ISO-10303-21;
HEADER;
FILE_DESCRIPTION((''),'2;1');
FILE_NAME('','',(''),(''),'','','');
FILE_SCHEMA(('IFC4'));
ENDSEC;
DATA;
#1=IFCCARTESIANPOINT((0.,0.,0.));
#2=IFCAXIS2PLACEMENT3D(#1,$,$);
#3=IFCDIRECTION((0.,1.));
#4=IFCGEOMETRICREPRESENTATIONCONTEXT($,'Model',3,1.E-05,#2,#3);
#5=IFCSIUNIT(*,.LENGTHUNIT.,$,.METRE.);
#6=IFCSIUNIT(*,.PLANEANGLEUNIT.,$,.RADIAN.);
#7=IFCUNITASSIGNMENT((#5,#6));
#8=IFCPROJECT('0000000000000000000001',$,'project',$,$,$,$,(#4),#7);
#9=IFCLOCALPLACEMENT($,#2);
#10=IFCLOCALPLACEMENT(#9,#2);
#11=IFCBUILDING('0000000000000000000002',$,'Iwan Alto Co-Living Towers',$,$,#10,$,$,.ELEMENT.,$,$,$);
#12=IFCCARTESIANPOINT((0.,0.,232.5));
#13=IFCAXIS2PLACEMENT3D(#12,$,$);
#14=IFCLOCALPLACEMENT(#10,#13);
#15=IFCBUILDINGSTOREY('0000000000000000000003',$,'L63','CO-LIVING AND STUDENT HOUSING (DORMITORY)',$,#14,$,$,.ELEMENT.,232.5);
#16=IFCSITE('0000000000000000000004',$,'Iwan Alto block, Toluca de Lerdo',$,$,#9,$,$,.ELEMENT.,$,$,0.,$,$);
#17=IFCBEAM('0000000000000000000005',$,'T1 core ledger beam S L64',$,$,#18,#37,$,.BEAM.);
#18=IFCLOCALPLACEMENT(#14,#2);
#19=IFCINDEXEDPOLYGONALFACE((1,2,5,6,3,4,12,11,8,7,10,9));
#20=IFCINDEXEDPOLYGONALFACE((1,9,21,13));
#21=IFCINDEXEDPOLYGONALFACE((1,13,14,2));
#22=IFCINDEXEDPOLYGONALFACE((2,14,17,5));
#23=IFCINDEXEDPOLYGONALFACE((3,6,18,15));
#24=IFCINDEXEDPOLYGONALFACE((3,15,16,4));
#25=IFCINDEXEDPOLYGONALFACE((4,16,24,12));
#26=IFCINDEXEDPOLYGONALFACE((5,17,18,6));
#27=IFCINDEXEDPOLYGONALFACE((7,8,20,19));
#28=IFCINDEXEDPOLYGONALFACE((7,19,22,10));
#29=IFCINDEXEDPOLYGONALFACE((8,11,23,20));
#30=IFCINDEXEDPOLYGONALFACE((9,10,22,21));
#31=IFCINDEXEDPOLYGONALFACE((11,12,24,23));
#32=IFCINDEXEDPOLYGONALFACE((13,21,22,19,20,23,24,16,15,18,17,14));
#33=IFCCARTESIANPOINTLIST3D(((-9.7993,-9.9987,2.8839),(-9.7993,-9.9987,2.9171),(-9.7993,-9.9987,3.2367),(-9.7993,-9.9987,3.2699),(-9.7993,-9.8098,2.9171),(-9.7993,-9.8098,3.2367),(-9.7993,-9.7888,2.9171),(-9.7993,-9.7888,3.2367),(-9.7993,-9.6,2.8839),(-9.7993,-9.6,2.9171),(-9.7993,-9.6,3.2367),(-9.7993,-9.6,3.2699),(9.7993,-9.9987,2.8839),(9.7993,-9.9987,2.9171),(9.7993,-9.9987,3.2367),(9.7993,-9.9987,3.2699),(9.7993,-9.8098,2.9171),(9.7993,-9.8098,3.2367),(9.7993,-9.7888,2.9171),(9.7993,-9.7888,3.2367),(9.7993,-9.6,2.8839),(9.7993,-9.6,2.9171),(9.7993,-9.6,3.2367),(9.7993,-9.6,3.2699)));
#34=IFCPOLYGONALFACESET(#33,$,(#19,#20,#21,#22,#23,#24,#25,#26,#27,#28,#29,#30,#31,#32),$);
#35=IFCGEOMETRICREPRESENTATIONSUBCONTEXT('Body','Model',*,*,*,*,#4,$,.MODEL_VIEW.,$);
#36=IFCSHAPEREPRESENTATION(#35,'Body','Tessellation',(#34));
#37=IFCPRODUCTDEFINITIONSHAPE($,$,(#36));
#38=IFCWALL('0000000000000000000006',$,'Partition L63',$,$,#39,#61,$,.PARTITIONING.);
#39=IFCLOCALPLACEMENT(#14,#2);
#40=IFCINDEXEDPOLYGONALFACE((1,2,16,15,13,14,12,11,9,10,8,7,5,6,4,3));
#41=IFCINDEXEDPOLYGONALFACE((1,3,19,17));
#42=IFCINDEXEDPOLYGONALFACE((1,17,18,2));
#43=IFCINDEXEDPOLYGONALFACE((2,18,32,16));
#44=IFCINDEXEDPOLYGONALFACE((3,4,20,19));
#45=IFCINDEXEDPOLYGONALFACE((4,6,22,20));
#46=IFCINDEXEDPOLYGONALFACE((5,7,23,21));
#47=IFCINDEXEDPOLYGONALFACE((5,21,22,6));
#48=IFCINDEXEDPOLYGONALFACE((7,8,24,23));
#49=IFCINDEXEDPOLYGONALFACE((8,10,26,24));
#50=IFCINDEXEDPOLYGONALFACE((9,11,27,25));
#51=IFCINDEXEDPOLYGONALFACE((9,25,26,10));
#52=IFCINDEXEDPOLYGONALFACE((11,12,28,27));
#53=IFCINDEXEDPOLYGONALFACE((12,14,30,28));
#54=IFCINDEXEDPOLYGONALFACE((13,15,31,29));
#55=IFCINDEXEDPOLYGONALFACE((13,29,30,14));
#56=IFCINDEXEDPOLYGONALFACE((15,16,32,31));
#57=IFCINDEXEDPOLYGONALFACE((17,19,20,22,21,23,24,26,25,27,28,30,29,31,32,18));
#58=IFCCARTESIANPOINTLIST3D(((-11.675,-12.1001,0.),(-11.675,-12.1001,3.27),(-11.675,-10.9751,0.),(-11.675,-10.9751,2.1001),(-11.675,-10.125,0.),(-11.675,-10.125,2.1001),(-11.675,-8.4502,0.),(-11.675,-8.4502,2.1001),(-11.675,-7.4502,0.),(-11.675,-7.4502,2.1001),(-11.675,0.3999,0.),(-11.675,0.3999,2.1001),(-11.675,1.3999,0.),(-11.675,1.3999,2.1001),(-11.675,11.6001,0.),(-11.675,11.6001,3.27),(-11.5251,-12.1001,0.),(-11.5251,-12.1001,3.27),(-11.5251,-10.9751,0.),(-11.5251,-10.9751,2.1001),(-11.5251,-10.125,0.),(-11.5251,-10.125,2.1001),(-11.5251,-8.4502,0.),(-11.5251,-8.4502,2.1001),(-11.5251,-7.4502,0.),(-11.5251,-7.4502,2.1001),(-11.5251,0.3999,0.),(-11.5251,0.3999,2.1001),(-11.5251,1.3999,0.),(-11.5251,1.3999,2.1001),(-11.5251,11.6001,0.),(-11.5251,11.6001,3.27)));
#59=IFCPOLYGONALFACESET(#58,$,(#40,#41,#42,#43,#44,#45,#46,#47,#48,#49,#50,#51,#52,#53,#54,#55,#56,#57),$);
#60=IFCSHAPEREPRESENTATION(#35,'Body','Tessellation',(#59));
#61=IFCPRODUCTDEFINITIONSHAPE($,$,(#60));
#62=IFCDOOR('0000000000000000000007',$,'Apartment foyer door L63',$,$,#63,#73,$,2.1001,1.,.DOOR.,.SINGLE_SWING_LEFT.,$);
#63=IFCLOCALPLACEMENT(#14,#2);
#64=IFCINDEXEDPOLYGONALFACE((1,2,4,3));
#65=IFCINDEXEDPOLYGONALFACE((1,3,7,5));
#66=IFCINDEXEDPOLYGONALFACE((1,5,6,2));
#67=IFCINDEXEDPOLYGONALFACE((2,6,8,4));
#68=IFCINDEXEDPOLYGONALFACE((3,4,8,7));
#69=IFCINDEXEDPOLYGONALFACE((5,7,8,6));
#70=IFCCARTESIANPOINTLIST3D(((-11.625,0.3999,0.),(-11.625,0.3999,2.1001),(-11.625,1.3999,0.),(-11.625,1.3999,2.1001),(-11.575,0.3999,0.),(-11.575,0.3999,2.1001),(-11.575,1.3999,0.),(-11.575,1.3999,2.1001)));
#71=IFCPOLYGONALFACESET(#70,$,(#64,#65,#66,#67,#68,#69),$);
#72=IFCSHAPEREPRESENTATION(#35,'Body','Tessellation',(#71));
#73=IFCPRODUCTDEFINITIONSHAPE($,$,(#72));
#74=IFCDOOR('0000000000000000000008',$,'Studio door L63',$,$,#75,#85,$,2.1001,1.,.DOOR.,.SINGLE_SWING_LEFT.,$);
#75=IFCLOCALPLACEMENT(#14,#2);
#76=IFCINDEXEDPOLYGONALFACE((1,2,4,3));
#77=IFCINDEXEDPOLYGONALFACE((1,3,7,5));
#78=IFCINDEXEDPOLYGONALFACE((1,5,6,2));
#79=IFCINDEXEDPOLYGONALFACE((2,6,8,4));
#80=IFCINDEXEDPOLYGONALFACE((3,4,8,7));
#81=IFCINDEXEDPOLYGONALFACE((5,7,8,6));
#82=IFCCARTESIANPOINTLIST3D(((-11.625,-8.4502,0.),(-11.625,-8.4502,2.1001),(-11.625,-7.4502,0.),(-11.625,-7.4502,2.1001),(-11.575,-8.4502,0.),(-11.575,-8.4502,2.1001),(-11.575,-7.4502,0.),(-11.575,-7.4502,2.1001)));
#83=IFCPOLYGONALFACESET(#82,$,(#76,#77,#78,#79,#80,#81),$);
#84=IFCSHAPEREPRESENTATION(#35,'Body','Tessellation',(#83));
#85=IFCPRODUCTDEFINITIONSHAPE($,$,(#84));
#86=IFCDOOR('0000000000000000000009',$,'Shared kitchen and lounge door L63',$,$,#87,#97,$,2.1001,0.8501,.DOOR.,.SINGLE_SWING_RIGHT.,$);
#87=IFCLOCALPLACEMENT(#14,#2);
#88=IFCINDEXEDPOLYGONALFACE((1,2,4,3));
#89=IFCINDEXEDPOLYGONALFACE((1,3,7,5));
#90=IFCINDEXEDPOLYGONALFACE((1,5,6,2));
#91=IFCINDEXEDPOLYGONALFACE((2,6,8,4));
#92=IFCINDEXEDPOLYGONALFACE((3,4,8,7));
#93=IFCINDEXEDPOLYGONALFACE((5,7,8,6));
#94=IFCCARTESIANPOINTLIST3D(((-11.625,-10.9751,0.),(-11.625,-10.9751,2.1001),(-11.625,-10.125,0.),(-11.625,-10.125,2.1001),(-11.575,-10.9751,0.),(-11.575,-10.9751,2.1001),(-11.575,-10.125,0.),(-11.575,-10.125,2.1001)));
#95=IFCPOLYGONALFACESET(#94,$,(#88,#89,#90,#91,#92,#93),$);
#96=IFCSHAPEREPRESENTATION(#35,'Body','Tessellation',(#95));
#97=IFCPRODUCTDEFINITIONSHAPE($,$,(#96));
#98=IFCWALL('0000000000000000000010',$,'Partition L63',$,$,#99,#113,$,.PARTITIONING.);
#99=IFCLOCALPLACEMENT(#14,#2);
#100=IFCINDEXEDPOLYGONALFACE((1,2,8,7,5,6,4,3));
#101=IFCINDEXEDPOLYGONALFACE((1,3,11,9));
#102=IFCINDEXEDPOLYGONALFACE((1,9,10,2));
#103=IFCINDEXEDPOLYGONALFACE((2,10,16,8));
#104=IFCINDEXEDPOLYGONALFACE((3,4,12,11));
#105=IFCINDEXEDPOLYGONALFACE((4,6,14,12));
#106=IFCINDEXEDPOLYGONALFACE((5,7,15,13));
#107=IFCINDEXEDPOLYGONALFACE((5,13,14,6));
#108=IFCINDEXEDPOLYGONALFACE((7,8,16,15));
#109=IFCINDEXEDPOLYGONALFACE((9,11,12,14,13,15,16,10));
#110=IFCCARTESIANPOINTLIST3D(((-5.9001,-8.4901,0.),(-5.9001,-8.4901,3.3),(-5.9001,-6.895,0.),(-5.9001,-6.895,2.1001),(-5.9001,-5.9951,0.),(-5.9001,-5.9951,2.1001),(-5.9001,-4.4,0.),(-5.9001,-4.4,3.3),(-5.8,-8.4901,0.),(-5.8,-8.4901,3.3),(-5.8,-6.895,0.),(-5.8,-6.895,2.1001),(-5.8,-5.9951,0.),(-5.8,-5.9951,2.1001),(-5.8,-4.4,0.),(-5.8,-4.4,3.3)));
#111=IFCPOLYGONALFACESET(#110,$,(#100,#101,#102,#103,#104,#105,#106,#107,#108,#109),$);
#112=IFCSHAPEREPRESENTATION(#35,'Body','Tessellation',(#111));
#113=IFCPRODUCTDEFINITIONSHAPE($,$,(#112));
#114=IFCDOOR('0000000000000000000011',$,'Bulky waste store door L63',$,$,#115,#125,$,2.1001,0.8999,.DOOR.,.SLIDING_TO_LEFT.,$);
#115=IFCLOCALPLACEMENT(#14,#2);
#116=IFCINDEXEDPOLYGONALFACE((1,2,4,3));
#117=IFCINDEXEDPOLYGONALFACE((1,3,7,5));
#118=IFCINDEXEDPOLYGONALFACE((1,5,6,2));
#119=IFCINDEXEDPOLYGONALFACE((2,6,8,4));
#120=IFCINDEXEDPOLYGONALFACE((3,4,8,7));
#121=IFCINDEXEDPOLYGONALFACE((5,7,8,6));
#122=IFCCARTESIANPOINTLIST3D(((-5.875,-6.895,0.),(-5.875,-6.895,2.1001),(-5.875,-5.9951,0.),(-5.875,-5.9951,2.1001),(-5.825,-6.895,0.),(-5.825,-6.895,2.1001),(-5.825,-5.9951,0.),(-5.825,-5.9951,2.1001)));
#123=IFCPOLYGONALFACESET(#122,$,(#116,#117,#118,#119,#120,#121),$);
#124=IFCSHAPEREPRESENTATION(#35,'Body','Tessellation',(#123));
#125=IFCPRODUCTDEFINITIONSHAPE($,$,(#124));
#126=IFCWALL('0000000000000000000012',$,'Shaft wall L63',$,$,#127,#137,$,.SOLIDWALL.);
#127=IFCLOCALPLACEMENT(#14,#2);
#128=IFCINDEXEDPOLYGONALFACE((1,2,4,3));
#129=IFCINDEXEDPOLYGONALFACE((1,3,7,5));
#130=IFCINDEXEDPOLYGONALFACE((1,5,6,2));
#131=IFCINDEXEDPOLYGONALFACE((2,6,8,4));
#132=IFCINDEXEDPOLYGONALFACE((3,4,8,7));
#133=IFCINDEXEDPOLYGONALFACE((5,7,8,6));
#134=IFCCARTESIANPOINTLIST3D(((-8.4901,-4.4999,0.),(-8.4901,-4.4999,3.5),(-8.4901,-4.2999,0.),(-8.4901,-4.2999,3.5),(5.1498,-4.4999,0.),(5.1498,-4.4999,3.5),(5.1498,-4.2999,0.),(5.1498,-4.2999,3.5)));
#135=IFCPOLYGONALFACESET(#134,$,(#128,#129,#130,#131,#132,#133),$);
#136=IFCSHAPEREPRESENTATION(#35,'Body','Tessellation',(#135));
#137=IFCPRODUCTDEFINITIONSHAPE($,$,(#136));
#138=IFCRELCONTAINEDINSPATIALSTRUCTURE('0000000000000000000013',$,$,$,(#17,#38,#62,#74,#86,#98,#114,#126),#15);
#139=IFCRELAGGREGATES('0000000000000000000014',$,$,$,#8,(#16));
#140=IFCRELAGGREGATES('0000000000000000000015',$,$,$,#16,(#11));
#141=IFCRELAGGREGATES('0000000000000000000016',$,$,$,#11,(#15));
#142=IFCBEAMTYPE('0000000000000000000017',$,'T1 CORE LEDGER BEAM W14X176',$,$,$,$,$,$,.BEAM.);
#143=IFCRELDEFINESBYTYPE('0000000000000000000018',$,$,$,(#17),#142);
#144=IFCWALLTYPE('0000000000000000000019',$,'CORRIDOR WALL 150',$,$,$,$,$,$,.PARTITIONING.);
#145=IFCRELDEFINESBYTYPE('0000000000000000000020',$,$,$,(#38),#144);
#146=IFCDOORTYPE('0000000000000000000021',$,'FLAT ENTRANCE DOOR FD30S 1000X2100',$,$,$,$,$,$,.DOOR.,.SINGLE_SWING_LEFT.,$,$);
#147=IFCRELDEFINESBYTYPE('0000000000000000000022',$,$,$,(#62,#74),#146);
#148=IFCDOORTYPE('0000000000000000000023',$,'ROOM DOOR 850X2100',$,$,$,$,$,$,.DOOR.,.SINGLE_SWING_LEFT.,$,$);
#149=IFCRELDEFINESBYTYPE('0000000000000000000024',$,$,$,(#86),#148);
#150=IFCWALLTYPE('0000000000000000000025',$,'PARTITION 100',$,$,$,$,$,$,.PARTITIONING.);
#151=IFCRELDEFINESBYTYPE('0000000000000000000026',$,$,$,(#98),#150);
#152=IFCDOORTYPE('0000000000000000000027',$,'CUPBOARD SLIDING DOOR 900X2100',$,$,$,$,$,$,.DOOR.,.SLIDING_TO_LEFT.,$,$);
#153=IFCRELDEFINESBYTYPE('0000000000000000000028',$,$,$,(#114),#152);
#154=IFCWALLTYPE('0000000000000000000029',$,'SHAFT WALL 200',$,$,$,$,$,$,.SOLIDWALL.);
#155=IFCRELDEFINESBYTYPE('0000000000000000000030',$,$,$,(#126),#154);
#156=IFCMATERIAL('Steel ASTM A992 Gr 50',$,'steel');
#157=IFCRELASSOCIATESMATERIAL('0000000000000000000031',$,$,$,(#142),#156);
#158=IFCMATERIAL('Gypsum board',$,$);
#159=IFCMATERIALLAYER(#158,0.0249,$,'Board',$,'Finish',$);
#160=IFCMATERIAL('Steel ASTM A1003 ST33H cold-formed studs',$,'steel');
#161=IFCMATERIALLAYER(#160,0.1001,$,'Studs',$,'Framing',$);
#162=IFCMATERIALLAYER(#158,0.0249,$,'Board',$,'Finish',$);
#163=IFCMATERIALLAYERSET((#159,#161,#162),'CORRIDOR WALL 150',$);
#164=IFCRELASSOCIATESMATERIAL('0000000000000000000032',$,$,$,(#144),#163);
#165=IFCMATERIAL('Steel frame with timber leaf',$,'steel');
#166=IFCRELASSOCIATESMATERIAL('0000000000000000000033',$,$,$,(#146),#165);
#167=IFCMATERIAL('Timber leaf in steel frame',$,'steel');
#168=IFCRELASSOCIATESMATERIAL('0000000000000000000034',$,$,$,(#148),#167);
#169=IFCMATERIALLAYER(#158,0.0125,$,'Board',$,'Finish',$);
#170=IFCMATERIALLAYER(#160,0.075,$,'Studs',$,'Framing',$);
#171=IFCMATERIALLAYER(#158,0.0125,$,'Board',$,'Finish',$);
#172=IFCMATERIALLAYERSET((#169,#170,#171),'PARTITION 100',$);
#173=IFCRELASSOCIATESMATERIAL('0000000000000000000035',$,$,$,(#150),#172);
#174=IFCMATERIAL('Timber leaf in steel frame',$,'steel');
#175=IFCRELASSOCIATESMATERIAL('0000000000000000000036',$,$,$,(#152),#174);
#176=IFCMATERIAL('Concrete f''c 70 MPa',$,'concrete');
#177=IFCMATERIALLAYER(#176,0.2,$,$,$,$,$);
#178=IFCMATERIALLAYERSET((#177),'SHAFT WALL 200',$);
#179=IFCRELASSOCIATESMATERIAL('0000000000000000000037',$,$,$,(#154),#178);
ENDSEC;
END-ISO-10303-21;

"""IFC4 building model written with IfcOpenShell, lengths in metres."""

from ifc_helpers import new_model, si_unit, direction, frame, frame_2d, origin, origin_2d, place, context, subcontext, project, spatial, rectangle, i_section, extrude, material, layer, layer_set, material_profile, profile_set, type_object, element, fill, save


model = new_model("IFC4")

# Units and contexts
model_context = context("Model", 3, precision=1e-05, world=origin(), true_north=direction((0.0, 1.0)))
body_context = subcontext(model_context, "Body", "Model", "MODEL_VIEW")
ifc_project = project(units=[si_unit("LENGTHUNIT", "METRE"), si_unit("PLANEANGLEUNIT", "RADIAN")], contexts=[model_context])

# Site, building, storey
site_placement = place(None, origin())
site = spatial("IfcSite", under=ifc_project, at=site_placement, Name="Iwan Alto block, Toluca de Lerdo", CompositionType="ELEMENT", RefElevation=0.0)
building_placement = place(site_placement, origin())
building = spatial("IfcBuilding", under=site, at=building_placement, Name="Iwan Alto Co-Living Towers", CompositionType="ELEMENT")
storey_placement = place(building_placement, frame((0.0, 0.0, 232.5)))
storey = spatial("IfcBuildingStorey", under=building, at=storey_placement, Name="L63", Description="CO-LIVING AND STUDENT HOUSING (DORMITORY)", CompositionType="ELEMENT", Elevation=232.5)

# Beam
ifc_material_1 = material(Name="Steel ASTM A992 Gr 50", Category="steel")
ifc_material_profile = material_profile(ifc_material_1, i_section(OverallWidth=0.3987, OverallDepth=0.386, WebThickness=0.021, FlangeThickness=0.0332, at=origin_2d()), Name="W14X176")
ifc_profile_set = profile_set([ifc_material_profile], Name="Steel ASTM A992 Gr 50")
beam_type = type_object("IfcBeamType", Name="T1 CORE LEDGER BEAM W14X176", PredefinedType="BEAM", material=ifc_profile_set)
beam_placement = place(storey_placement, frame((-9.7993, -9.7993, 3.0769), z_axis=(1.0, 0.0, 0.0), x_axis=(0.0, 1.0, 0.0)))
element("IfcBeam", 1, at=beam_placement, inside=storey, type_object=beam_type, Name="T1 core ledger beam S L64", PredefinedType="BEAM", context=body_context, shape_type="SweptSolid", body=[
    extrude(i_section(OverallWidth=0.3987, OverallDepth=0.386, WebThickness=0.021, FlangeThickness=0.0332, at=origin_2d()), origin(), (0.0, 0.0, 1.0), 19.5986),
])

# Wall, openings, doors
ifc_material_2 = material(Name="Gypsum board")
ifc_layer_1 = layer(ifc_material_2, 0.0249, Name="Board", Category="Finish")
ifc_material_3 = material(Name="Steel ASTM A1003 ST33H cold-formed studs", Category="steel")
ifc_layer_2 = layer(ifc_material_3, 0.1001, Name="Studs", Category="Framing")
ifc_layer_3 = layer(ifc_material_2, 0.0249, Name="Board", Category="Finish")
ifc_layer_set_1 = layer_set([ifc_layer_1, ifc_layer_2, ifc_layer_3], Name="CORRIDOR WALL 150")
wall_type_1 = type_object("IfcWallType", Name="CORRIDOR WALL 150", PredefinedType="PARTITIONING", material=ifc_layer_set_1)
wall_1_placement = place(storey_placement, frame((-11.6001, -12.1001, 0.0), z_axis=(0.0, 0.0, 1.0), x_axis=(0.0, 1.0, 0.0)))
wall_1 = element("IfcWall", 2, at=wall_1_placement, inside=storey, type_object=wall_type_1, Name="Partition L63", PredefinedType="PARTITIONING", context=body_context, shape_type="SweptSolid", body=[
    extrude(rectangle(XDim=23.7002, YDim=0.1499, at=frame_2d((11.8501, 0.0))), origin(), (0.0, 0.0, 1.0), 3.27),
])
opening_1_placement = place(wall_1_placement, frame((12.5, 0.0, 0.0)))
opening_1 = element("IfcOpeningElement", 3, at=opening_1_placement, cuts=wall_1, PredefinedType="OPENING", context=body_context, shape_type="SweptSolid", body=[
    extrude(rectangle(XDim=1.0, YDim=2.1001, at=frame_2d((0.5, 1.05))), frame((0.0, 0.085, 0.0), z_axis=(0.0, -1.0, 0.0), x_axis=(1.0, 0.0, 0.0)), (0.0, 0.0, 1.0), 0.1699),
])
opening_2_placement = place(wall_1_placement, frame((3.6499, 0.0, 0.0)))
opening_2 = element("IfcOpeningElement", 4, at=opening_2_placement, cuts=wall_1, PredefinedType="OPENING", context=body_context, shape_type="SweptSolid", body=[
    extrude(rectangle(XDim=1.0, YDim=2.1001, at=frame_2d((0.5, 1.05))), frame((0.0, 0.085, 0.0), z_axis=(0.0, -1.0, 0.0), x_axis=(1.0, 0.0, 0.0)), (0.0, 0.0, 1.0), 0.1699),
])
opening_3_placement = place(wall_1_placement, frame((1.125, 0.0, 0.0)))
opening_3 = element("IfcOpeningElement", 5, at=opening_3_placement, cuts=wall_1, PredefinedType="OPENING", context=body_context, shape_type="SweptSolid", body=[
    extrude(rectangle(XDim=0.8501, YDim=2.1001, at=frame_2d((0.425, 1.05))), frame((0.0, 0.085, 0.0), z_axis=(0.0, -1.0, 0.0), x_axis=(1.0, 0.0, 0.0)), (0.0, 0.0, 1.0), 0.1699),
])
ifc_material_4 = material(Name="Steel frame with timber leaf", Category="steel")
door_type_1 = type_object("IfcDoorType", Name="FLAT ENTRANCE DOOR FD30S 1000X2100", OperationType="SINGLE_SWING_LEFT", PredefinedType="DOOR", material=ifc_material_4)
door_1_placement = place(opening_1_placement, origin())
door_1 = element("IfcDoor", 6, at=door_1_placement, inside=storey, type_object=door_type_1, Name="Apartment foyer door L63", OperationType="SINGLE_SWING_LEFT", OverallHeight=2.1001, OverallWidth=1.0, PredefinedType="DOOR", context=body_context, shape_type="SweptSolid", body=[
    extrude(rectangle(XDim=1.0, YDim=2.1001, at=frame_2d((0.5, 1.05))), frame((0.0, 0.0249, 0.0), z_axis=(0.0, -1.0, 0.0), x_axis=(1.0, 0.0, 0.0)), (0.0, 0.0, 1.0), 0.05),
])
fill(opening_1, door_1)
door_2_placement = place(opening_2_placement, origin())
door_2 = element("IfcDoor", 7, at=door_2_placement, inside=storey, type_object=door_type_1, Name="Studio door L63", OperationType="SINGLE_SWING_LEFT", OverallHeight=2.1001, OverallWidth=1.0, PredefinedType="DOOR", context=body_context, shape_type="SweptSolid", body=[
    extrude(rectangle(XDim=1.0, YDim=2.1001, at=frame_2d((0.5, 1.05))), frame((0.0, 0.0249, 0.0), z_axis=(0.0, -1.0, 0.0), x_axis=(1.0, 0.0, 0.0)), (0.0, 0.0, 1.0), 0.05),
])
fill(opening_2, door_2)
ifc_material_5 = material(Name="Timber leaf in steel frame", Category="steel")
door_type_2 = type_object("IfcDoorType", Name="ROOM DOOR 850X2100", OperationType="SINGLE_SWING_LEFT", PredefinedType="DOOR", material=ifc_material_5)
door_3_placement = place(opening_3_placement, origin())
door_3 = element("IfcDoor", 8, at=door_3_placement, inside=storey, type_object=door_type_2, Name="Shared kitchen and lounge door L63", OperationType="SINGLE_SWING_RIGHT", OverallHeight=2.1001, OverallWidth=0.8501, PredefinedType="DOOR", context=body_context, shape_type="SweptSolid", body=[
    extrude(rectangle(XDim=0.8501, YDim=2.1001, at=frame_2d((0.425, 1.05))), frame((0.0, 0.0249, 0.0), z_axis=(0.0, -1.0, 0.0), x_axis=(1.0, 0.0, 0.0)), (0.0, 0.0, 1.0), 0.05),
])
fill(opening_3, door_3)

# Wall, opening, door
ifc_layer_4 = layer(ifc_material_2, 0.0125, Name="Board", Category="Finish")
ifc_layer_5 = layer(ifc_material_3, 0.075, Name="Studs", Category="Framing")
ifc_layer_6 = layer(ifc_material_2, 0.0125, Name="Board", Category="Finish")
ifc_layer_set_2 = layer_set([ifc_layer_4, ifc_layer_5, ifc_layer_6], Name="PARTITION 100")
wall_type_2 = type_object("IfcWallType", Name="PARTITION 100", PredefinedType="PARTITIONING", material=ifc_layer_set_2)
wall_2_placement = place(storey_placement, frame((-5.8501, -8.49, 0.0), z_axis=(0.0, 0.0, 1.0), x_axis=(0.0, 1.0, 0.0)))
wall_2 = element("IfcWall", 9, at=wall_2_placement, inside=storey, type_object=wall_type_2, Name="Partition L63", PredefinedType="PARTITIONING", context=body_context, shape_type="SweptSolid", body=[
    extrude(rectangle(XDim=4.0901, YDim=0.1001, at=frame_2d((2.0449, 0.0))), origin(), (0.0, 0.0, 1.0), 3.3),
])
opening_4_placement = place(wall_2_placement, frame((1.595, 0.0, 0.0)))
opening_4 = element("IfcOpeningElement", 10, at=opening_4_placement, cuts=wall_2, PredefinedType="OPENING", context=body_context, shape_type="SweptSolid", body=[
    extrude(rectangle(XDim=0.8999, YDim=2.1001, at=frame_2d((0.45, 1.05))), frame((0.0, 0.0601, 0.0), z_axis=(0.0, -1.0, 0.0), x_axis=(1.0, 0.0, 0.0)), (0.0, 0.0, 1.0), 0.1201),
])
ifc_material_6 = material(Name="Timber leaf in steel frame", Category="steel")
door_type_3 = type_object("IfcDoorType", Name="CUPBOARD SLIDING DOOR 900X2100", OperationType="SLIDING_TO_LEFT", PredefinedType="DOOR", material=ifc_material_6)
door_4_placement = place(opening_4_placement, origin())
door_4 = element("IfcDoor", 11, at=door_4_placement, inside=storey, type_object=door_type_3, Name="Bulky waste store door L63", OperationType="SLIDING_TO_LEFT", OverallHeight=2.1001, OverallWidth=0.8999, PredefinedType="DOOR", context=body_context, shape_type="SweptSolid", body=[
    extrude(rectangle(XDim=0.8999, YDim=2.1001, at=frame_2d((0.45, 1.05))), frame((0.0, 0.0249, 0.0), z_axis=(0.0, -1.0, 0.0), x_axis=(1.0, 0.0, 0.0)), (0.0, 0.0, 1.0), 0.05),
])
fill(opening_4, door_4)

# Wall
ifc_material_7 = material(Name="Concrete f'c 70 MPa", Category="concrete")
ifc_layer_7 = layer(ifc_material_7, 0.2)
ifc_layer_set_3 = layer_set([ifc_layer_7], Name="SHAFT WALL 200")
wall_type_3 = type_object("IfcWallType", Name="SHAFT WALL 200", PredefinedType="SOLIDWALL", material=ifc_layer_set_3)
wall_3_placement = place(storey_placement, frame((-8.49, -4.3999, 0.0), z_axis=(0.0, 0.0, 1.0), x_axis=(1.0, 0.0, 0.0)))
element("IfcWall", 12, at=wall_3_placement, inside=storey, type_object=wall_type_3, Name="Shaft wall L63", PredefinedType="SOLIDWALL", context=body_context, shape_type="SweptSolid", body=[
    extrude(rectangle(XDim=13.6399, YDim=0.2, at=frame_2d((6.8198, 0.0))), origin(), (0.0, 0.0, 1.0), 3.5),
])

save(model, "model.ifc")
